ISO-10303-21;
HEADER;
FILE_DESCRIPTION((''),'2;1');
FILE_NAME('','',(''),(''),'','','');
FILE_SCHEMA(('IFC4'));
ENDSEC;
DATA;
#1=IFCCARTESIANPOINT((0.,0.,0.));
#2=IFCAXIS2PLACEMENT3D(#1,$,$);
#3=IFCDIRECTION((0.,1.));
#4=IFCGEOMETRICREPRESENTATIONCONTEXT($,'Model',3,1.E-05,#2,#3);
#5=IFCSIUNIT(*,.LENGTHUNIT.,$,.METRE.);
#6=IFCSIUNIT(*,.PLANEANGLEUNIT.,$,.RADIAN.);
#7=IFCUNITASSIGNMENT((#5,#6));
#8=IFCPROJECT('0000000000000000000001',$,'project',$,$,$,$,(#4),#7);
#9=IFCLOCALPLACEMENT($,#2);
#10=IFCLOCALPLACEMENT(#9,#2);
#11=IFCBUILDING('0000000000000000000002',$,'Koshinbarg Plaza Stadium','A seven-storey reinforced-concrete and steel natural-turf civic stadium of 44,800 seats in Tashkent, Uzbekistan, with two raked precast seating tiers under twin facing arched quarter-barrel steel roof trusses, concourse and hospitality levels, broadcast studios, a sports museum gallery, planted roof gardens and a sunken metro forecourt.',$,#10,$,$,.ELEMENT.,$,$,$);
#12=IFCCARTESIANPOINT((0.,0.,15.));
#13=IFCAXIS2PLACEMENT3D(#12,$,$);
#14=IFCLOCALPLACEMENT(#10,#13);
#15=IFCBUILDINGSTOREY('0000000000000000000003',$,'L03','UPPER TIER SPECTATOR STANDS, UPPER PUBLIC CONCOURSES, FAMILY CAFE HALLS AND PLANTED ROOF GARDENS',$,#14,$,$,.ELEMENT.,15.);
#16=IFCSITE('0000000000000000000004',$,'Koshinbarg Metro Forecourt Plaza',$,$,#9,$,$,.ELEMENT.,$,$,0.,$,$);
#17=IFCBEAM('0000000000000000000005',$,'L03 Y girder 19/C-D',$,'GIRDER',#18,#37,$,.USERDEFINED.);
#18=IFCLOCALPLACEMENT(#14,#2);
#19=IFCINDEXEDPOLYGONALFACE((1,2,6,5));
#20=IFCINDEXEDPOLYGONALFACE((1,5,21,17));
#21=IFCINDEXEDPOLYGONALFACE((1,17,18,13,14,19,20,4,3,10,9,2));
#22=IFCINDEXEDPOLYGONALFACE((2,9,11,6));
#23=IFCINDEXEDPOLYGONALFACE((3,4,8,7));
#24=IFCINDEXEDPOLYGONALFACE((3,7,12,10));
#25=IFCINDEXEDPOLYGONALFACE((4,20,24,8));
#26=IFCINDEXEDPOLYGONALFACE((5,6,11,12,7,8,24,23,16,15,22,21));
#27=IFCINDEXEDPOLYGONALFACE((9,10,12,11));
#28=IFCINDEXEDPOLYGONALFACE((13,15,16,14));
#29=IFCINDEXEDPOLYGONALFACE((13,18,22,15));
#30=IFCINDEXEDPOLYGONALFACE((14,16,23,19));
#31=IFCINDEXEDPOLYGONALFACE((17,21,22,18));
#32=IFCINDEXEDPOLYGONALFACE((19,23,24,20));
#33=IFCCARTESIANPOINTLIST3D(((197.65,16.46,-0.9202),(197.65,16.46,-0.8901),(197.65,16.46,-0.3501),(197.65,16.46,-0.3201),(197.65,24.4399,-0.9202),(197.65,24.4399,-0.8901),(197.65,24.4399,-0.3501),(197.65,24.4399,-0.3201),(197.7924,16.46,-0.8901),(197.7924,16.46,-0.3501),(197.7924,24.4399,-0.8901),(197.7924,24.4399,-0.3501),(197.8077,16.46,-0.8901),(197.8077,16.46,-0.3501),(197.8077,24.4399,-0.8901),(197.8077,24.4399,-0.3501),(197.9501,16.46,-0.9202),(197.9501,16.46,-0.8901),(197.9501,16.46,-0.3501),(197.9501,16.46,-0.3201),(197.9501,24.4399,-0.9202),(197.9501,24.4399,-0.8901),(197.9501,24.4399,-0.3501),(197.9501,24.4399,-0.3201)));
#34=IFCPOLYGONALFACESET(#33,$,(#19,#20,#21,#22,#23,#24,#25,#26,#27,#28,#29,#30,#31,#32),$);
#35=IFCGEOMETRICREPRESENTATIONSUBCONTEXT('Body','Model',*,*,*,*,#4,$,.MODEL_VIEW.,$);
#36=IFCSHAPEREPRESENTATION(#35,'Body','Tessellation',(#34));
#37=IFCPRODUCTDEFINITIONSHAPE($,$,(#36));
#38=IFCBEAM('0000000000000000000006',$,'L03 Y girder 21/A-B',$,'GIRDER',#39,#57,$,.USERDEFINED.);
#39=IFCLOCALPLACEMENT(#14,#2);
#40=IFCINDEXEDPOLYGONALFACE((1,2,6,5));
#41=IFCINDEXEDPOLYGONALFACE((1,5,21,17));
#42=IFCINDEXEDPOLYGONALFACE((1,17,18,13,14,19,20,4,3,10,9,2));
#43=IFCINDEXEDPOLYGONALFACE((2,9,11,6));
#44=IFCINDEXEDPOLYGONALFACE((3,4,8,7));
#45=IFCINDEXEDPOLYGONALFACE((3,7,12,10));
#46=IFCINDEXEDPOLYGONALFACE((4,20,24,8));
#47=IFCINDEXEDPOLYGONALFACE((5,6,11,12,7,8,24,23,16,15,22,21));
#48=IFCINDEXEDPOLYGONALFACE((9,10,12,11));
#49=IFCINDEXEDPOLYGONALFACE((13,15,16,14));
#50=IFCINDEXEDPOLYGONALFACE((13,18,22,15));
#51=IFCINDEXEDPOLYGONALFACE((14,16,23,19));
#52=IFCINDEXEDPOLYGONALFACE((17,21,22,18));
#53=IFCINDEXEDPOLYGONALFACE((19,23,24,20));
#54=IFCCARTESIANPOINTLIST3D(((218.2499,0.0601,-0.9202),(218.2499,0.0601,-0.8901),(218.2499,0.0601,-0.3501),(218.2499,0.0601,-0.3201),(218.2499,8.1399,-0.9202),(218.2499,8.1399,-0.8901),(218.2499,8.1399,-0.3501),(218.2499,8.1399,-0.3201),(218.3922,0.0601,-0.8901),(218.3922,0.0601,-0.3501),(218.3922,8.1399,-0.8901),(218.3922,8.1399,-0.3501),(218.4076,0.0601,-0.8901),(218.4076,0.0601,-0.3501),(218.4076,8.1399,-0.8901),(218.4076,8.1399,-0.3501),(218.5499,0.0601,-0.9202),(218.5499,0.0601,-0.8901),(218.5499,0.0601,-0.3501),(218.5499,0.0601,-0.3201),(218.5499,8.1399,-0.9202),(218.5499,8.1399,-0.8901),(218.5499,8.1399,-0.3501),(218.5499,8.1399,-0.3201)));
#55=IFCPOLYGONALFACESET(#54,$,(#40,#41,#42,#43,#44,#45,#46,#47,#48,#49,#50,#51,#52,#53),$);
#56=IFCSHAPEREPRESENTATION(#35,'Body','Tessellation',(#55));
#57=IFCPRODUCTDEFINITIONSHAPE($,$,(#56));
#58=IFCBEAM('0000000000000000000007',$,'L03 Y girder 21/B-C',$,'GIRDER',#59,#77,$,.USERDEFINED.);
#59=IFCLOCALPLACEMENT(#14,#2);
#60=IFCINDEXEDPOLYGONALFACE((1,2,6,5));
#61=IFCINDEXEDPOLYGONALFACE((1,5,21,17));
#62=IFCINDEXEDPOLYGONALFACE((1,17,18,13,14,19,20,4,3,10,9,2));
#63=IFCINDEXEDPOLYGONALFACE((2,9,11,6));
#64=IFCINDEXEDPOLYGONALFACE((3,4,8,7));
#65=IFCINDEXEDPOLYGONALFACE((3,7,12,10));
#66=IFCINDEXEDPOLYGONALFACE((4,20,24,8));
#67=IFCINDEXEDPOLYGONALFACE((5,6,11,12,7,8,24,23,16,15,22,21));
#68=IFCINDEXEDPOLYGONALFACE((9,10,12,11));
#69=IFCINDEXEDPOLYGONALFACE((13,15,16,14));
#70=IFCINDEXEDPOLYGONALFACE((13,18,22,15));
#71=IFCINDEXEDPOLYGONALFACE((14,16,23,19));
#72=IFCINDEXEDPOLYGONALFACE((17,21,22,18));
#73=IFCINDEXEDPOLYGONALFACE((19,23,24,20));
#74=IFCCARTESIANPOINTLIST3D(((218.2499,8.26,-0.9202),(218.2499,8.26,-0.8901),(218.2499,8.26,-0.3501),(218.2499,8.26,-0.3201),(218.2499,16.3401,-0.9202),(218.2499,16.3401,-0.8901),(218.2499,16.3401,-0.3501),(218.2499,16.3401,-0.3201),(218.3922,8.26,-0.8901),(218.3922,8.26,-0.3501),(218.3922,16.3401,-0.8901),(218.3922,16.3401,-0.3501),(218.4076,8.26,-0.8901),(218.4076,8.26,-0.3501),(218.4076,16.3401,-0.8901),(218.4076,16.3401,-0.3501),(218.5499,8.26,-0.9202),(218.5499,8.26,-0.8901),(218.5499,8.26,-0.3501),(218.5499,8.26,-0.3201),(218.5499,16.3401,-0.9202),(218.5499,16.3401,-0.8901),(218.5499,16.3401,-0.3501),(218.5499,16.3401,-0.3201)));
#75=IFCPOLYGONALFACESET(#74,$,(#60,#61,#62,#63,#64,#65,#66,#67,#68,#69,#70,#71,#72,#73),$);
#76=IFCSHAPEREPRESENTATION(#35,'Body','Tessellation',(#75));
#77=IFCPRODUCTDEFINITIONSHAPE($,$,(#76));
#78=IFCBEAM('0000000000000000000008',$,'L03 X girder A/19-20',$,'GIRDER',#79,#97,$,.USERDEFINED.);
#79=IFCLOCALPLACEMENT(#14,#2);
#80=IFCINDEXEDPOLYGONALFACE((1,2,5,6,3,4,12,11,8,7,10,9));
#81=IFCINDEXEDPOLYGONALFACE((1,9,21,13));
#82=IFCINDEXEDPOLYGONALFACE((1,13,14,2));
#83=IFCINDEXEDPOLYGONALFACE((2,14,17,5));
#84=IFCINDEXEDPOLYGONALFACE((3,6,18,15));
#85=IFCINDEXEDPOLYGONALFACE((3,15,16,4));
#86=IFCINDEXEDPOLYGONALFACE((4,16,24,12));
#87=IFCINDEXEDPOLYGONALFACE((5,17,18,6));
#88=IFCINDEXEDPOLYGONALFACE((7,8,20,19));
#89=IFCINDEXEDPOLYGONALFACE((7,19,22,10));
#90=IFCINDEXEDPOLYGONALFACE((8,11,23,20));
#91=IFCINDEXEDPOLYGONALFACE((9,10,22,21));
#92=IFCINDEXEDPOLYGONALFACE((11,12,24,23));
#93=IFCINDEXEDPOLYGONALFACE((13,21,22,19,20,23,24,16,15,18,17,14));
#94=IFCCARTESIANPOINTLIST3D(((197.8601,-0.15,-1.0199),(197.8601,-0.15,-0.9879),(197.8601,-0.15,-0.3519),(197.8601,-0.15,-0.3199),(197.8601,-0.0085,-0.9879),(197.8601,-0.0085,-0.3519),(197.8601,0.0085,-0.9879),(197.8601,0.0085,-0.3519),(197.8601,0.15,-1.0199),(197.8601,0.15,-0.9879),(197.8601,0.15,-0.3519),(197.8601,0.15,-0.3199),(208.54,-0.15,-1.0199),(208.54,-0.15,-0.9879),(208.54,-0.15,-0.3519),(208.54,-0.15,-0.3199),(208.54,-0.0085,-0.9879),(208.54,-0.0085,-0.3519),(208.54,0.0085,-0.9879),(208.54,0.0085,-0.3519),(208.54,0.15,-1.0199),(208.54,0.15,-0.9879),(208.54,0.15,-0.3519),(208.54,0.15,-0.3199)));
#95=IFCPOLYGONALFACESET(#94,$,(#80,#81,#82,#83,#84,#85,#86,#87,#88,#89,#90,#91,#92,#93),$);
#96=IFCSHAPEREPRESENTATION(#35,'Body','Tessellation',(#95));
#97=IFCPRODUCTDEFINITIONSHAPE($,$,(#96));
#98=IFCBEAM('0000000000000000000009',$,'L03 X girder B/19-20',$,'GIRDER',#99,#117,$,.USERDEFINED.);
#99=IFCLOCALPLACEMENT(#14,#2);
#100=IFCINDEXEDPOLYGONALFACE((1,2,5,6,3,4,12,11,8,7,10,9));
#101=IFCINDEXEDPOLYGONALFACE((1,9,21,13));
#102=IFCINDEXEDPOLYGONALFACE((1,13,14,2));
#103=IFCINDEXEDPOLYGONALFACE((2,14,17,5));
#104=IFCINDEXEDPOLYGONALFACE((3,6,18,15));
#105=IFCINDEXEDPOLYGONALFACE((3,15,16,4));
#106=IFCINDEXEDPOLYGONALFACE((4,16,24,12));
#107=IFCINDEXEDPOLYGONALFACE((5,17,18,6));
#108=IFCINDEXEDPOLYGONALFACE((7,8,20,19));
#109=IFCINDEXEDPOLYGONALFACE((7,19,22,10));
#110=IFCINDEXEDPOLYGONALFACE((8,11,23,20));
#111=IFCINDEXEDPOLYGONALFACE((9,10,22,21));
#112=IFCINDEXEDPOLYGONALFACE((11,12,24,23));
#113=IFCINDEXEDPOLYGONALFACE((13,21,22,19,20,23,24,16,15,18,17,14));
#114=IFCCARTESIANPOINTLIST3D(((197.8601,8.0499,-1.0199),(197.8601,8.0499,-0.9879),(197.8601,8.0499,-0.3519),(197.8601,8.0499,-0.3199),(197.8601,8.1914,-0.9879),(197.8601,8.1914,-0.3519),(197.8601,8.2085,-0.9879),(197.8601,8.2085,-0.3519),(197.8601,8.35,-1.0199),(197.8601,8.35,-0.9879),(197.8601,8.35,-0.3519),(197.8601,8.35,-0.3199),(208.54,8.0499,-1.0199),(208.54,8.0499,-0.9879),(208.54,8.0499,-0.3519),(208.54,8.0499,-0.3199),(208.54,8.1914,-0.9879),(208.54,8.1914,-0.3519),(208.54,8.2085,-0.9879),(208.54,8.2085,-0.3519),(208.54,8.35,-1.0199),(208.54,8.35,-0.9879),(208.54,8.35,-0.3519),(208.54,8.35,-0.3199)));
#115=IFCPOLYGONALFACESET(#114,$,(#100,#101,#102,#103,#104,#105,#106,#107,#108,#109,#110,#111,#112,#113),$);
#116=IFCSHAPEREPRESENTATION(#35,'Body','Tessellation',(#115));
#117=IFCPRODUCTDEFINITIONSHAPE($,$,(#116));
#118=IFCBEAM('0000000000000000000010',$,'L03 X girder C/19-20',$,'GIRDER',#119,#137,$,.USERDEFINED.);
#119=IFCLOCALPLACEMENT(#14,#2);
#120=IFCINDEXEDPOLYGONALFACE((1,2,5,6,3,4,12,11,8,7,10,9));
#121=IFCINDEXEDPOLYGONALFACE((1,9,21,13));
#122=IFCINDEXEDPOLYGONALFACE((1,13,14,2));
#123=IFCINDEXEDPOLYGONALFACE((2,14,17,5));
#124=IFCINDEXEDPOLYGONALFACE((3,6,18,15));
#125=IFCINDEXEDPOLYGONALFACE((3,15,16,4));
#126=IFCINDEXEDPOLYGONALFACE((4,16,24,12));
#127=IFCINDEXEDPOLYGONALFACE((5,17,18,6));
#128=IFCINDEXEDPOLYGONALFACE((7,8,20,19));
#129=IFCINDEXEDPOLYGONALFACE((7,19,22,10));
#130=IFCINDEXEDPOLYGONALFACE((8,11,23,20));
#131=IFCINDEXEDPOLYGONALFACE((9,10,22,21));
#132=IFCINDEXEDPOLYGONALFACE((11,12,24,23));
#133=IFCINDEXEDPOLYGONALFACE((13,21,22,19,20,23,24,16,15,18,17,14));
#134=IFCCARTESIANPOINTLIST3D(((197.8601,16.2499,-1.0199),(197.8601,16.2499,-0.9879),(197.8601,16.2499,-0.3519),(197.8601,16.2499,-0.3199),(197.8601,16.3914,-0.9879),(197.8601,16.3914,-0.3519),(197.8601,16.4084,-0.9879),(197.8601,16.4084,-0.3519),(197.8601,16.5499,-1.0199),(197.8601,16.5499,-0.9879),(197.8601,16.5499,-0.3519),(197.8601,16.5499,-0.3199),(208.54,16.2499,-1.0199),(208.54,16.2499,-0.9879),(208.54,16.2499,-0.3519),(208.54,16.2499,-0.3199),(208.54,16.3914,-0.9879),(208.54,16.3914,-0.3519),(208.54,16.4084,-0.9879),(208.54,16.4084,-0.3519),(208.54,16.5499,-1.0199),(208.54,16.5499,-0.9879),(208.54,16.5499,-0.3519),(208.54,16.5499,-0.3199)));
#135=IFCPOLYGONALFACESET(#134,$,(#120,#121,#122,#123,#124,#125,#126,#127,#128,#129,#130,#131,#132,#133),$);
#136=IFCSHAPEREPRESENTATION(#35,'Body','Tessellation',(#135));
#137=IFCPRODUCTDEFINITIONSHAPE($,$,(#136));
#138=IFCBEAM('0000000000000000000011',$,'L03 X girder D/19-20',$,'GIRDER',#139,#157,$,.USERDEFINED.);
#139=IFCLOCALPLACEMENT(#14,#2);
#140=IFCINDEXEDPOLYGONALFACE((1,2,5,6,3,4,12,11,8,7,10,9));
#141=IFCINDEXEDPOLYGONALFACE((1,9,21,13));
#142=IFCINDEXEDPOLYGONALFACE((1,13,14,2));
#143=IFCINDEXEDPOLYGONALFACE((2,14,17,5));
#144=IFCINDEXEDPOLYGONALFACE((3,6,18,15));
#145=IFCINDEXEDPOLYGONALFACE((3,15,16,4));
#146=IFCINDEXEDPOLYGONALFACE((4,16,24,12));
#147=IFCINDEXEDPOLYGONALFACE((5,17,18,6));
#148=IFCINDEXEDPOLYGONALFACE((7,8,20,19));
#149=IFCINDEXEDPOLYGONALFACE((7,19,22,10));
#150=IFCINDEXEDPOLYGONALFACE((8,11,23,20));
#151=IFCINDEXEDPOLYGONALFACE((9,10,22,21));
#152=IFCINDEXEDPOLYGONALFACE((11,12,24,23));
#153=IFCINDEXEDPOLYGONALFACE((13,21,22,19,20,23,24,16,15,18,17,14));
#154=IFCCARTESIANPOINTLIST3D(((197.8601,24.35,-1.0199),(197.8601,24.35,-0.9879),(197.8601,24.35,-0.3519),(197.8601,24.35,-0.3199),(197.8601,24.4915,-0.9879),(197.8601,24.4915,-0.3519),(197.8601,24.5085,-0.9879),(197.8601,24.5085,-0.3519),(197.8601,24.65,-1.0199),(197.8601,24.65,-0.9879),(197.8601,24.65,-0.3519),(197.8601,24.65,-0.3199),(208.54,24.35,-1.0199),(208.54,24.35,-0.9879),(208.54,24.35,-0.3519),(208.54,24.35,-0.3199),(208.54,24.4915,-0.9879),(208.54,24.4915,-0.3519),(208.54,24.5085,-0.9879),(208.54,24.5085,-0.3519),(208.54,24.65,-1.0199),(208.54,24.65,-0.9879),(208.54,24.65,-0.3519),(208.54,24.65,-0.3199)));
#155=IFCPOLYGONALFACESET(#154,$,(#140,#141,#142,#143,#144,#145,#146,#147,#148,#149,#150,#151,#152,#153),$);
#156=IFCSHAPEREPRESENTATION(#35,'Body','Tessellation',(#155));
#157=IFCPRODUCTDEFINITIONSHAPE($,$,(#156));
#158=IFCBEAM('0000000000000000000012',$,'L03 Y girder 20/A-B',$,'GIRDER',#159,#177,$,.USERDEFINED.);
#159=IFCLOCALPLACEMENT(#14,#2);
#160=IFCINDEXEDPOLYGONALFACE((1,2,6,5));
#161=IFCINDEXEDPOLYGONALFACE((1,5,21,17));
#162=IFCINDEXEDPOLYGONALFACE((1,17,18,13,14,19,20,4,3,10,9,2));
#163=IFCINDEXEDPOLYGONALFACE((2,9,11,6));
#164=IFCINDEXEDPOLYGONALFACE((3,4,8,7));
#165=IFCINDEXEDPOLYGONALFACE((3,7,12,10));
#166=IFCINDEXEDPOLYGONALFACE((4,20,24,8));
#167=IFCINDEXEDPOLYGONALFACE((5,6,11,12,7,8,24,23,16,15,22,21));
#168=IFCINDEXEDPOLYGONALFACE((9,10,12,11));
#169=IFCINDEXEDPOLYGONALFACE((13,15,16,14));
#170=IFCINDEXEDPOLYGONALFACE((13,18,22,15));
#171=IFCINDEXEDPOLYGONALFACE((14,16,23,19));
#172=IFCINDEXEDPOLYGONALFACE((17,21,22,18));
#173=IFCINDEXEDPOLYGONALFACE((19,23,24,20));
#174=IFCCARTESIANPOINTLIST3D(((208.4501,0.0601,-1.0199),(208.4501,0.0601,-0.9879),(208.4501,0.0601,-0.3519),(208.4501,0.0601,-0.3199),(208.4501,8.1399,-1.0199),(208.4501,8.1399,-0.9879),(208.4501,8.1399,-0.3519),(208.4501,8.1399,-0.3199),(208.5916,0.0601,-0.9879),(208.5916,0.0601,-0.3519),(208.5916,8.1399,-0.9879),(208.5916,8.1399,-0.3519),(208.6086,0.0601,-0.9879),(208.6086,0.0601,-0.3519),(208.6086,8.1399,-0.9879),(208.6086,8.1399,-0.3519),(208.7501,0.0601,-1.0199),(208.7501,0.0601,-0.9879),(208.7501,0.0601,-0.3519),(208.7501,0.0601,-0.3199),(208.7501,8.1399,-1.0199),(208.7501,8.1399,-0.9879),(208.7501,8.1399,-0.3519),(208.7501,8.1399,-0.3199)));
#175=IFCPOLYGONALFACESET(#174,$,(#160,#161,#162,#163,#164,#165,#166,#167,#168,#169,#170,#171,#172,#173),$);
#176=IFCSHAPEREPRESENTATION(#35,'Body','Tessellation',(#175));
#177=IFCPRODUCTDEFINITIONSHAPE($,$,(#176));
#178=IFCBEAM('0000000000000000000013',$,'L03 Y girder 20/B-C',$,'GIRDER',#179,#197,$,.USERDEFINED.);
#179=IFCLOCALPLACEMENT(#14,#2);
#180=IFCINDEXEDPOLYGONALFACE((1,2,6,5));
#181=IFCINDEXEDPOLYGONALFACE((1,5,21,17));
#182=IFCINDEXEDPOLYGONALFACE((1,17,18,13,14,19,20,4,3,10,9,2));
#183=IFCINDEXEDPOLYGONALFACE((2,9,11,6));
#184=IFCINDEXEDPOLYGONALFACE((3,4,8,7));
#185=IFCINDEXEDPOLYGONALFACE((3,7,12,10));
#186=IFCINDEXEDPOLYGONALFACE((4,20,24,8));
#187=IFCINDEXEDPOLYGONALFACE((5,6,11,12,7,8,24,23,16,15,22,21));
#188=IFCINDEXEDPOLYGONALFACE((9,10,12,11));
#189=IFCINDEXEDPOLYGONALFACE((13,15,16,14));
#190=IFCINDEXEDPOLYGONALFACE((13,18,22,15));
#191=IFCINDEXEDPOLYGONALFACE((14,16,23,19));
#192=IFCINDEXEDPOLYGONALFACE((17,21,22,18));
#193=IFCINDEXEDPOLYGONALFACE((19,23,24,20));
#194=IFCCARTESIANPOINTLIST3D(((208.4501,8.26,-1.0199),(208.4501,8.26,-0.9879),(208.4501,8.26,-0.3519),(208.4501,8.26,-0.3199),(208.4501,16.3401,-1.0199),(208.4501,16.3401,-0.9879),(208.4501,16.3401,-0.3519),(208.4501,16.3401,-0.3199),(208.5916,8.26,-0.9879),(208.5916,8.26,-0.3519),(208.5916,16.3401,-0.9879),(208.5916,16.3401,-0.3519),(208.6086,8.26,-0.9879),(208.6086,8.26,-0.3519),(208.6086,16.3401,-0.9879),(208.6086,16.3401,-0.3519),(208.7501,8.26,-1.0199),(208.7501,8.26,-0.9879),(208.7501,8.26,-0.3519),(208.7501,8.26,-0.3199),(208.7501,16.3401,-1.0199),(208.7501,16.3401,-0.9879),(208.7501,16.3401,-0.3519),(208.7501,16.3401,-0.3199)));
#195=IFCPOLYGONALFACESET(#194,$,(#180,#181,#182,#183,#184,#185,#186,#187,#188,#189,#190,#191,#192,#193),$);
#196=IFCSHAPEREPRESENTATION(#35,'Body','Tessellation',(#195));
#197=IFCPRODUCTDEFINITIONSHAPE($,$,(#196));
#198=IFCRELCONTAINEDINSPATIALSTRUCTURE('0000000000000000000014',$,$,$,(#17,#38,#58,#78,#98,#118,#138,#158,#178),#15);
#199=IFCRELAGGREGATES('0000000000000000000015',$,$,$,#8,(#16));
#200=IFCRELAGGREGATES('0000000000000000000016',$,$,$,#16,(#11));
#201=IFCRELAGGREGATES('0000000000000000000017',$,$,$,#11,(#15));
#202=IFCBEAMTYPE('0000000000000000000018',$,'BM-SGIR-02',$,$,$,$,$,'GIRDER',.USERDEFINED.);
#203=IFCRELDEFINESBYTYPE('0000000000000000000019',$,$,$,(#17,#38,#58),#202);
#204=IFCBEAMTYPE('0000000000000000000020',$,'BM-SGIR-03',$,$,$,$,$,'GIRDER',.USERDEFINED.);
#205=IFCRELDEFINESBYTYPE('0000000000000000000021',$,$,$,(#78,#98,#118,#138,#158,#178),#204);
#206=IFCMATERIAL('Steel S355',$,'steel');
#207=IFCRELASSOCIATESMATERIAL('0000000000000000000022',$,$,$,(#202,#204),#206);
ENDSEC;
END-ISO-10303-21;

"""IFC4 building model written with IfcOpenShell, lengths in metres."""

from ifc_helpers import new_model, si_unit, direction, frame, origin, origin_2d, place, context, subcontext, project, spatial, i_section, extrude, material, material_profile, profile_set, type_object, element, save


model = new_model("IFC4")

# Units and contexts
model_context = context("Model", 3, precision=1e-05, world=origin(), true_north=direction((0.0, 1.0)))
body_context = subcontext(model_context, "Body", "Model", "MODEL_VIEW")
ifc_project = project(units=[si_unit("LENGTHUNIT", "METRE"), si_unit("PLANEANGLEUNIT", "RADIAN")], contexts=[model_context])

# Site, building, storey
site_placement = place(None, origin())
site = spatial("IfcSite", under=ifc_project, at=site_placement, Name="Koshinbarg Metro Forecourt Plaza", CompositionType="ELEMENT", RefElevation=0.0)
building_placement = place(site_placement, origin())
building = spatial("IfcBuilding", under=site, at=building_placement, Name="Koshinbarg Plaza Stadium", Description="A seven-storey reinforced-concrete and steel natural-turf civic stadium of 44,800 seats in Tashkent, Uzbekistan, with two raked precast seating tiers under twin facing arched quarter-barrel steel roof trusses, concourse and hospitality levels, broadcast studios, a sports museum gallery, planted roof gardens and a sunken metro forecourt.", CompositionType="ELEMENT")
storey_placement = place(building_placement, frame((0.0, 0.0, 15.0)))
storey = spatial("IfcBuildingStorey", under=building, at=storey_placement, Name="L03", Description="UPPER TIER SPECTATOR STANDS, UPPER PUBLIC CONCOURSES, FAMILY CAFE HALLS AND PLANTED ROOF GARDENS", CompositionType="ELEMENT", Elevation=15.0)

# Beams
ifc_material_1 = material(Name="Steel S355", Category="steel")
ifc_material_profile_1 = material_profile(ifc_material_1, i_section(OverallWidth=0.3, OverallDepth=0.6001, WebThickness=0.0154, FlangeThickness=0.03, at=origin_2d()), Name="HEB 600")
ifc_profile_set_1 = profile_set([ifc_material_profile_1], Name="Steel S355")
beam_type_1 = type_object("IfcBeamType", Name="BM-SGIR-02", ElementType="GIRDER", PredefinedType="USERDEFINED", material=ifc_profile_set_1)
beam_1_placement = place(storey_placement, frame((197.8, 16.46, -0.6201), z_axis=(0.0, 1.0, 0.0), x_axis=(-1.0, 0.0, 0.0)))
element("IfcBeam", 1, at=beam_1_placement, inside=storey, type_object=beam_type_1, Name="L03 Y girder 19/C-D", ObjectType="GIRDER", PredefinedType="USERDEFINED", context=body_context, shape_type="SweptSolid", body=[
    extrude(i_section(OverallWidth=0.3, OverallDepth=0.6001, WebThickness=0.0154, FlangeThickness=0.03, at=origin_2d()), origin(), (0.0, 0.0, 1.0), 7.98),
])
beam_2_placement = place(storey_placement, frame((218.3999, 0.0601, -0.6201), z_axis=(0.0, 1.0, 0.0), x_axis=(-1.0, 0.0, 0.0)))
element("IfcBeam", 2, at=beam_2_placement, inside=storey, type_object=beam_type_1, Name="L03 Y girder 21/A-B", ObjectType="GIRDER", PredefinedType="USERDEFINED", context=body_context, shape_type="SweptSolid", body=[
    extrude(i_section(OverallWidth=0.3, OverallDepth=0.6001, WebThickness=0.0154, FlangeThickness=0.03, at=origin_2d()), origin(), (0.0, 0.0, 1.0), 8.0798),
])
beam_3_placement = place(storey_placement, frame((218.3999, 8.26, -0.6201), z_axis=(0.0, 1.0, 0.0), x_axis=(-1.0, 0.0, 0.0)))
element("IfcBeam", 3, at=beam_3_placement, inside=storey, type_object=beam_type_1, Name="L03 Y girder 21/B-C", ObjectType="GIRDER", PredefinedType="USERDEFINED", context=body_context, shape_type="SweptSolid", body=[
    extrude(i_section(OverallWidth=0.3, OverallDepth=0.6001, WebThickness=0.0154, FlangeThickness=0.03, at=origin_2d()), origin(), (0.0, 0.0, 1.0), 8.0801),
])
ifc_material_profile_2 = material_profile(ifc_material_1, i_section(OverallWidth=0.3, OverallDepth=0.7, WebThickness=0.0171, FlangeThickness=0.032, at=origin_2d()), Name="HEB 700")
ifc_profile_set_2 = profile_set([ifc_material_profile_2], Name="Steel S355")
beam_type_2 = type_object("IfcBeamType", Name="BM-SGIR-03", ElementType="GIRDER", PredefinedType="USERDEFINED", material=ifc_profile_set_2)
for number, where, z_axis, x_axis, name in (
    (4, (197.8601, 0.0, -0.6699), (1.0, 0.0, 0.0), (0.0, 1.0, 0.0), "L03 X girder A/19-20"),
    (5, (197.8601, 8.2, -0.6699), (1.0, 0.0, 0.0), (0.0, 1.0, 0.0), "L03 X girder B/19-20"),
    (6, (197.8601, 16.3999, -0.6699), (1.0, 0.0, 0.0), (0.0, 1.0, 0.0), "L03 X girder C/19-20"),
    (7, (197.8601, 24.5, -0.6699), (1.0, 0.0, 0.0), (0.0, 1.0, 0.0), "L03 X girder D/19-20"),
):
    element("IfcBeam", number, at=place(storey_placement, frame(where, z_axis=z_axis, x_axis=x_axis)), inside=storey, type_object=beam_type_2, Name=name, ObjectType="GIRDER", PredefinedType="USERDEFINED", context=body_context, shape_type="SweptSolid", body=[
        extrude(i_section(OverallWidth=0.3, OverallDepth=0.7, WebThickness=0.0171, FlangeThickness=0.032, at=origin_2d()), origin(), (0.0, 0.0, 1.0), 10.6799),
    ])
beam_4_placement = place(storey_placement, frame((208.6001, 0.0601, -0.6699), z_axis=(0.0, 1.0, 0.0), x_axis=(-1.0, 0.0, 0.0)))
element("IfcBeam", 8, at=beam_4_placement, inside=storey, type_object=beam_type_2, Name="L03 Y girder 20/A-B", ObjectType="GIRDER", PredefinedType="USERDEFINED", context=body_context, shape_type="SweptSolid", body=[
    extrude(i_section(OverallWidth=0.3, OverallDepth=0.7, WebThickness=0.0171, FlangeThickness=0.032, at=origin_2d()), origin(), (0.0, 0.0, 1.0), 8.0798),
])
beam_5_placement = place(storey_placement, frame((208.6001, 8.26, -0.6699), z_axis=(0.0, 1.0, 0.0), x_axis=(-1.0, 0.0, 0.0)))
element("IfcBeam", 9, at=beam_5_placement, inside=storey, type_object=beam_type_2, Name="L03 Y girder 20/B-C", ObjectType="GIRDER", PredefinedType="USERDEFINED", context=body_context, shape_type="SweptSolid", body=[
    extrude(i_section(OverallWidth=0.3, OverallDepth=0.7, WebThickness=0.0171, FlangeThickness=0.032, at=origin_2d()), origin(), (0.0, 0.0, 1.0), 8.0801),
])

save(model, "model.ifc")
